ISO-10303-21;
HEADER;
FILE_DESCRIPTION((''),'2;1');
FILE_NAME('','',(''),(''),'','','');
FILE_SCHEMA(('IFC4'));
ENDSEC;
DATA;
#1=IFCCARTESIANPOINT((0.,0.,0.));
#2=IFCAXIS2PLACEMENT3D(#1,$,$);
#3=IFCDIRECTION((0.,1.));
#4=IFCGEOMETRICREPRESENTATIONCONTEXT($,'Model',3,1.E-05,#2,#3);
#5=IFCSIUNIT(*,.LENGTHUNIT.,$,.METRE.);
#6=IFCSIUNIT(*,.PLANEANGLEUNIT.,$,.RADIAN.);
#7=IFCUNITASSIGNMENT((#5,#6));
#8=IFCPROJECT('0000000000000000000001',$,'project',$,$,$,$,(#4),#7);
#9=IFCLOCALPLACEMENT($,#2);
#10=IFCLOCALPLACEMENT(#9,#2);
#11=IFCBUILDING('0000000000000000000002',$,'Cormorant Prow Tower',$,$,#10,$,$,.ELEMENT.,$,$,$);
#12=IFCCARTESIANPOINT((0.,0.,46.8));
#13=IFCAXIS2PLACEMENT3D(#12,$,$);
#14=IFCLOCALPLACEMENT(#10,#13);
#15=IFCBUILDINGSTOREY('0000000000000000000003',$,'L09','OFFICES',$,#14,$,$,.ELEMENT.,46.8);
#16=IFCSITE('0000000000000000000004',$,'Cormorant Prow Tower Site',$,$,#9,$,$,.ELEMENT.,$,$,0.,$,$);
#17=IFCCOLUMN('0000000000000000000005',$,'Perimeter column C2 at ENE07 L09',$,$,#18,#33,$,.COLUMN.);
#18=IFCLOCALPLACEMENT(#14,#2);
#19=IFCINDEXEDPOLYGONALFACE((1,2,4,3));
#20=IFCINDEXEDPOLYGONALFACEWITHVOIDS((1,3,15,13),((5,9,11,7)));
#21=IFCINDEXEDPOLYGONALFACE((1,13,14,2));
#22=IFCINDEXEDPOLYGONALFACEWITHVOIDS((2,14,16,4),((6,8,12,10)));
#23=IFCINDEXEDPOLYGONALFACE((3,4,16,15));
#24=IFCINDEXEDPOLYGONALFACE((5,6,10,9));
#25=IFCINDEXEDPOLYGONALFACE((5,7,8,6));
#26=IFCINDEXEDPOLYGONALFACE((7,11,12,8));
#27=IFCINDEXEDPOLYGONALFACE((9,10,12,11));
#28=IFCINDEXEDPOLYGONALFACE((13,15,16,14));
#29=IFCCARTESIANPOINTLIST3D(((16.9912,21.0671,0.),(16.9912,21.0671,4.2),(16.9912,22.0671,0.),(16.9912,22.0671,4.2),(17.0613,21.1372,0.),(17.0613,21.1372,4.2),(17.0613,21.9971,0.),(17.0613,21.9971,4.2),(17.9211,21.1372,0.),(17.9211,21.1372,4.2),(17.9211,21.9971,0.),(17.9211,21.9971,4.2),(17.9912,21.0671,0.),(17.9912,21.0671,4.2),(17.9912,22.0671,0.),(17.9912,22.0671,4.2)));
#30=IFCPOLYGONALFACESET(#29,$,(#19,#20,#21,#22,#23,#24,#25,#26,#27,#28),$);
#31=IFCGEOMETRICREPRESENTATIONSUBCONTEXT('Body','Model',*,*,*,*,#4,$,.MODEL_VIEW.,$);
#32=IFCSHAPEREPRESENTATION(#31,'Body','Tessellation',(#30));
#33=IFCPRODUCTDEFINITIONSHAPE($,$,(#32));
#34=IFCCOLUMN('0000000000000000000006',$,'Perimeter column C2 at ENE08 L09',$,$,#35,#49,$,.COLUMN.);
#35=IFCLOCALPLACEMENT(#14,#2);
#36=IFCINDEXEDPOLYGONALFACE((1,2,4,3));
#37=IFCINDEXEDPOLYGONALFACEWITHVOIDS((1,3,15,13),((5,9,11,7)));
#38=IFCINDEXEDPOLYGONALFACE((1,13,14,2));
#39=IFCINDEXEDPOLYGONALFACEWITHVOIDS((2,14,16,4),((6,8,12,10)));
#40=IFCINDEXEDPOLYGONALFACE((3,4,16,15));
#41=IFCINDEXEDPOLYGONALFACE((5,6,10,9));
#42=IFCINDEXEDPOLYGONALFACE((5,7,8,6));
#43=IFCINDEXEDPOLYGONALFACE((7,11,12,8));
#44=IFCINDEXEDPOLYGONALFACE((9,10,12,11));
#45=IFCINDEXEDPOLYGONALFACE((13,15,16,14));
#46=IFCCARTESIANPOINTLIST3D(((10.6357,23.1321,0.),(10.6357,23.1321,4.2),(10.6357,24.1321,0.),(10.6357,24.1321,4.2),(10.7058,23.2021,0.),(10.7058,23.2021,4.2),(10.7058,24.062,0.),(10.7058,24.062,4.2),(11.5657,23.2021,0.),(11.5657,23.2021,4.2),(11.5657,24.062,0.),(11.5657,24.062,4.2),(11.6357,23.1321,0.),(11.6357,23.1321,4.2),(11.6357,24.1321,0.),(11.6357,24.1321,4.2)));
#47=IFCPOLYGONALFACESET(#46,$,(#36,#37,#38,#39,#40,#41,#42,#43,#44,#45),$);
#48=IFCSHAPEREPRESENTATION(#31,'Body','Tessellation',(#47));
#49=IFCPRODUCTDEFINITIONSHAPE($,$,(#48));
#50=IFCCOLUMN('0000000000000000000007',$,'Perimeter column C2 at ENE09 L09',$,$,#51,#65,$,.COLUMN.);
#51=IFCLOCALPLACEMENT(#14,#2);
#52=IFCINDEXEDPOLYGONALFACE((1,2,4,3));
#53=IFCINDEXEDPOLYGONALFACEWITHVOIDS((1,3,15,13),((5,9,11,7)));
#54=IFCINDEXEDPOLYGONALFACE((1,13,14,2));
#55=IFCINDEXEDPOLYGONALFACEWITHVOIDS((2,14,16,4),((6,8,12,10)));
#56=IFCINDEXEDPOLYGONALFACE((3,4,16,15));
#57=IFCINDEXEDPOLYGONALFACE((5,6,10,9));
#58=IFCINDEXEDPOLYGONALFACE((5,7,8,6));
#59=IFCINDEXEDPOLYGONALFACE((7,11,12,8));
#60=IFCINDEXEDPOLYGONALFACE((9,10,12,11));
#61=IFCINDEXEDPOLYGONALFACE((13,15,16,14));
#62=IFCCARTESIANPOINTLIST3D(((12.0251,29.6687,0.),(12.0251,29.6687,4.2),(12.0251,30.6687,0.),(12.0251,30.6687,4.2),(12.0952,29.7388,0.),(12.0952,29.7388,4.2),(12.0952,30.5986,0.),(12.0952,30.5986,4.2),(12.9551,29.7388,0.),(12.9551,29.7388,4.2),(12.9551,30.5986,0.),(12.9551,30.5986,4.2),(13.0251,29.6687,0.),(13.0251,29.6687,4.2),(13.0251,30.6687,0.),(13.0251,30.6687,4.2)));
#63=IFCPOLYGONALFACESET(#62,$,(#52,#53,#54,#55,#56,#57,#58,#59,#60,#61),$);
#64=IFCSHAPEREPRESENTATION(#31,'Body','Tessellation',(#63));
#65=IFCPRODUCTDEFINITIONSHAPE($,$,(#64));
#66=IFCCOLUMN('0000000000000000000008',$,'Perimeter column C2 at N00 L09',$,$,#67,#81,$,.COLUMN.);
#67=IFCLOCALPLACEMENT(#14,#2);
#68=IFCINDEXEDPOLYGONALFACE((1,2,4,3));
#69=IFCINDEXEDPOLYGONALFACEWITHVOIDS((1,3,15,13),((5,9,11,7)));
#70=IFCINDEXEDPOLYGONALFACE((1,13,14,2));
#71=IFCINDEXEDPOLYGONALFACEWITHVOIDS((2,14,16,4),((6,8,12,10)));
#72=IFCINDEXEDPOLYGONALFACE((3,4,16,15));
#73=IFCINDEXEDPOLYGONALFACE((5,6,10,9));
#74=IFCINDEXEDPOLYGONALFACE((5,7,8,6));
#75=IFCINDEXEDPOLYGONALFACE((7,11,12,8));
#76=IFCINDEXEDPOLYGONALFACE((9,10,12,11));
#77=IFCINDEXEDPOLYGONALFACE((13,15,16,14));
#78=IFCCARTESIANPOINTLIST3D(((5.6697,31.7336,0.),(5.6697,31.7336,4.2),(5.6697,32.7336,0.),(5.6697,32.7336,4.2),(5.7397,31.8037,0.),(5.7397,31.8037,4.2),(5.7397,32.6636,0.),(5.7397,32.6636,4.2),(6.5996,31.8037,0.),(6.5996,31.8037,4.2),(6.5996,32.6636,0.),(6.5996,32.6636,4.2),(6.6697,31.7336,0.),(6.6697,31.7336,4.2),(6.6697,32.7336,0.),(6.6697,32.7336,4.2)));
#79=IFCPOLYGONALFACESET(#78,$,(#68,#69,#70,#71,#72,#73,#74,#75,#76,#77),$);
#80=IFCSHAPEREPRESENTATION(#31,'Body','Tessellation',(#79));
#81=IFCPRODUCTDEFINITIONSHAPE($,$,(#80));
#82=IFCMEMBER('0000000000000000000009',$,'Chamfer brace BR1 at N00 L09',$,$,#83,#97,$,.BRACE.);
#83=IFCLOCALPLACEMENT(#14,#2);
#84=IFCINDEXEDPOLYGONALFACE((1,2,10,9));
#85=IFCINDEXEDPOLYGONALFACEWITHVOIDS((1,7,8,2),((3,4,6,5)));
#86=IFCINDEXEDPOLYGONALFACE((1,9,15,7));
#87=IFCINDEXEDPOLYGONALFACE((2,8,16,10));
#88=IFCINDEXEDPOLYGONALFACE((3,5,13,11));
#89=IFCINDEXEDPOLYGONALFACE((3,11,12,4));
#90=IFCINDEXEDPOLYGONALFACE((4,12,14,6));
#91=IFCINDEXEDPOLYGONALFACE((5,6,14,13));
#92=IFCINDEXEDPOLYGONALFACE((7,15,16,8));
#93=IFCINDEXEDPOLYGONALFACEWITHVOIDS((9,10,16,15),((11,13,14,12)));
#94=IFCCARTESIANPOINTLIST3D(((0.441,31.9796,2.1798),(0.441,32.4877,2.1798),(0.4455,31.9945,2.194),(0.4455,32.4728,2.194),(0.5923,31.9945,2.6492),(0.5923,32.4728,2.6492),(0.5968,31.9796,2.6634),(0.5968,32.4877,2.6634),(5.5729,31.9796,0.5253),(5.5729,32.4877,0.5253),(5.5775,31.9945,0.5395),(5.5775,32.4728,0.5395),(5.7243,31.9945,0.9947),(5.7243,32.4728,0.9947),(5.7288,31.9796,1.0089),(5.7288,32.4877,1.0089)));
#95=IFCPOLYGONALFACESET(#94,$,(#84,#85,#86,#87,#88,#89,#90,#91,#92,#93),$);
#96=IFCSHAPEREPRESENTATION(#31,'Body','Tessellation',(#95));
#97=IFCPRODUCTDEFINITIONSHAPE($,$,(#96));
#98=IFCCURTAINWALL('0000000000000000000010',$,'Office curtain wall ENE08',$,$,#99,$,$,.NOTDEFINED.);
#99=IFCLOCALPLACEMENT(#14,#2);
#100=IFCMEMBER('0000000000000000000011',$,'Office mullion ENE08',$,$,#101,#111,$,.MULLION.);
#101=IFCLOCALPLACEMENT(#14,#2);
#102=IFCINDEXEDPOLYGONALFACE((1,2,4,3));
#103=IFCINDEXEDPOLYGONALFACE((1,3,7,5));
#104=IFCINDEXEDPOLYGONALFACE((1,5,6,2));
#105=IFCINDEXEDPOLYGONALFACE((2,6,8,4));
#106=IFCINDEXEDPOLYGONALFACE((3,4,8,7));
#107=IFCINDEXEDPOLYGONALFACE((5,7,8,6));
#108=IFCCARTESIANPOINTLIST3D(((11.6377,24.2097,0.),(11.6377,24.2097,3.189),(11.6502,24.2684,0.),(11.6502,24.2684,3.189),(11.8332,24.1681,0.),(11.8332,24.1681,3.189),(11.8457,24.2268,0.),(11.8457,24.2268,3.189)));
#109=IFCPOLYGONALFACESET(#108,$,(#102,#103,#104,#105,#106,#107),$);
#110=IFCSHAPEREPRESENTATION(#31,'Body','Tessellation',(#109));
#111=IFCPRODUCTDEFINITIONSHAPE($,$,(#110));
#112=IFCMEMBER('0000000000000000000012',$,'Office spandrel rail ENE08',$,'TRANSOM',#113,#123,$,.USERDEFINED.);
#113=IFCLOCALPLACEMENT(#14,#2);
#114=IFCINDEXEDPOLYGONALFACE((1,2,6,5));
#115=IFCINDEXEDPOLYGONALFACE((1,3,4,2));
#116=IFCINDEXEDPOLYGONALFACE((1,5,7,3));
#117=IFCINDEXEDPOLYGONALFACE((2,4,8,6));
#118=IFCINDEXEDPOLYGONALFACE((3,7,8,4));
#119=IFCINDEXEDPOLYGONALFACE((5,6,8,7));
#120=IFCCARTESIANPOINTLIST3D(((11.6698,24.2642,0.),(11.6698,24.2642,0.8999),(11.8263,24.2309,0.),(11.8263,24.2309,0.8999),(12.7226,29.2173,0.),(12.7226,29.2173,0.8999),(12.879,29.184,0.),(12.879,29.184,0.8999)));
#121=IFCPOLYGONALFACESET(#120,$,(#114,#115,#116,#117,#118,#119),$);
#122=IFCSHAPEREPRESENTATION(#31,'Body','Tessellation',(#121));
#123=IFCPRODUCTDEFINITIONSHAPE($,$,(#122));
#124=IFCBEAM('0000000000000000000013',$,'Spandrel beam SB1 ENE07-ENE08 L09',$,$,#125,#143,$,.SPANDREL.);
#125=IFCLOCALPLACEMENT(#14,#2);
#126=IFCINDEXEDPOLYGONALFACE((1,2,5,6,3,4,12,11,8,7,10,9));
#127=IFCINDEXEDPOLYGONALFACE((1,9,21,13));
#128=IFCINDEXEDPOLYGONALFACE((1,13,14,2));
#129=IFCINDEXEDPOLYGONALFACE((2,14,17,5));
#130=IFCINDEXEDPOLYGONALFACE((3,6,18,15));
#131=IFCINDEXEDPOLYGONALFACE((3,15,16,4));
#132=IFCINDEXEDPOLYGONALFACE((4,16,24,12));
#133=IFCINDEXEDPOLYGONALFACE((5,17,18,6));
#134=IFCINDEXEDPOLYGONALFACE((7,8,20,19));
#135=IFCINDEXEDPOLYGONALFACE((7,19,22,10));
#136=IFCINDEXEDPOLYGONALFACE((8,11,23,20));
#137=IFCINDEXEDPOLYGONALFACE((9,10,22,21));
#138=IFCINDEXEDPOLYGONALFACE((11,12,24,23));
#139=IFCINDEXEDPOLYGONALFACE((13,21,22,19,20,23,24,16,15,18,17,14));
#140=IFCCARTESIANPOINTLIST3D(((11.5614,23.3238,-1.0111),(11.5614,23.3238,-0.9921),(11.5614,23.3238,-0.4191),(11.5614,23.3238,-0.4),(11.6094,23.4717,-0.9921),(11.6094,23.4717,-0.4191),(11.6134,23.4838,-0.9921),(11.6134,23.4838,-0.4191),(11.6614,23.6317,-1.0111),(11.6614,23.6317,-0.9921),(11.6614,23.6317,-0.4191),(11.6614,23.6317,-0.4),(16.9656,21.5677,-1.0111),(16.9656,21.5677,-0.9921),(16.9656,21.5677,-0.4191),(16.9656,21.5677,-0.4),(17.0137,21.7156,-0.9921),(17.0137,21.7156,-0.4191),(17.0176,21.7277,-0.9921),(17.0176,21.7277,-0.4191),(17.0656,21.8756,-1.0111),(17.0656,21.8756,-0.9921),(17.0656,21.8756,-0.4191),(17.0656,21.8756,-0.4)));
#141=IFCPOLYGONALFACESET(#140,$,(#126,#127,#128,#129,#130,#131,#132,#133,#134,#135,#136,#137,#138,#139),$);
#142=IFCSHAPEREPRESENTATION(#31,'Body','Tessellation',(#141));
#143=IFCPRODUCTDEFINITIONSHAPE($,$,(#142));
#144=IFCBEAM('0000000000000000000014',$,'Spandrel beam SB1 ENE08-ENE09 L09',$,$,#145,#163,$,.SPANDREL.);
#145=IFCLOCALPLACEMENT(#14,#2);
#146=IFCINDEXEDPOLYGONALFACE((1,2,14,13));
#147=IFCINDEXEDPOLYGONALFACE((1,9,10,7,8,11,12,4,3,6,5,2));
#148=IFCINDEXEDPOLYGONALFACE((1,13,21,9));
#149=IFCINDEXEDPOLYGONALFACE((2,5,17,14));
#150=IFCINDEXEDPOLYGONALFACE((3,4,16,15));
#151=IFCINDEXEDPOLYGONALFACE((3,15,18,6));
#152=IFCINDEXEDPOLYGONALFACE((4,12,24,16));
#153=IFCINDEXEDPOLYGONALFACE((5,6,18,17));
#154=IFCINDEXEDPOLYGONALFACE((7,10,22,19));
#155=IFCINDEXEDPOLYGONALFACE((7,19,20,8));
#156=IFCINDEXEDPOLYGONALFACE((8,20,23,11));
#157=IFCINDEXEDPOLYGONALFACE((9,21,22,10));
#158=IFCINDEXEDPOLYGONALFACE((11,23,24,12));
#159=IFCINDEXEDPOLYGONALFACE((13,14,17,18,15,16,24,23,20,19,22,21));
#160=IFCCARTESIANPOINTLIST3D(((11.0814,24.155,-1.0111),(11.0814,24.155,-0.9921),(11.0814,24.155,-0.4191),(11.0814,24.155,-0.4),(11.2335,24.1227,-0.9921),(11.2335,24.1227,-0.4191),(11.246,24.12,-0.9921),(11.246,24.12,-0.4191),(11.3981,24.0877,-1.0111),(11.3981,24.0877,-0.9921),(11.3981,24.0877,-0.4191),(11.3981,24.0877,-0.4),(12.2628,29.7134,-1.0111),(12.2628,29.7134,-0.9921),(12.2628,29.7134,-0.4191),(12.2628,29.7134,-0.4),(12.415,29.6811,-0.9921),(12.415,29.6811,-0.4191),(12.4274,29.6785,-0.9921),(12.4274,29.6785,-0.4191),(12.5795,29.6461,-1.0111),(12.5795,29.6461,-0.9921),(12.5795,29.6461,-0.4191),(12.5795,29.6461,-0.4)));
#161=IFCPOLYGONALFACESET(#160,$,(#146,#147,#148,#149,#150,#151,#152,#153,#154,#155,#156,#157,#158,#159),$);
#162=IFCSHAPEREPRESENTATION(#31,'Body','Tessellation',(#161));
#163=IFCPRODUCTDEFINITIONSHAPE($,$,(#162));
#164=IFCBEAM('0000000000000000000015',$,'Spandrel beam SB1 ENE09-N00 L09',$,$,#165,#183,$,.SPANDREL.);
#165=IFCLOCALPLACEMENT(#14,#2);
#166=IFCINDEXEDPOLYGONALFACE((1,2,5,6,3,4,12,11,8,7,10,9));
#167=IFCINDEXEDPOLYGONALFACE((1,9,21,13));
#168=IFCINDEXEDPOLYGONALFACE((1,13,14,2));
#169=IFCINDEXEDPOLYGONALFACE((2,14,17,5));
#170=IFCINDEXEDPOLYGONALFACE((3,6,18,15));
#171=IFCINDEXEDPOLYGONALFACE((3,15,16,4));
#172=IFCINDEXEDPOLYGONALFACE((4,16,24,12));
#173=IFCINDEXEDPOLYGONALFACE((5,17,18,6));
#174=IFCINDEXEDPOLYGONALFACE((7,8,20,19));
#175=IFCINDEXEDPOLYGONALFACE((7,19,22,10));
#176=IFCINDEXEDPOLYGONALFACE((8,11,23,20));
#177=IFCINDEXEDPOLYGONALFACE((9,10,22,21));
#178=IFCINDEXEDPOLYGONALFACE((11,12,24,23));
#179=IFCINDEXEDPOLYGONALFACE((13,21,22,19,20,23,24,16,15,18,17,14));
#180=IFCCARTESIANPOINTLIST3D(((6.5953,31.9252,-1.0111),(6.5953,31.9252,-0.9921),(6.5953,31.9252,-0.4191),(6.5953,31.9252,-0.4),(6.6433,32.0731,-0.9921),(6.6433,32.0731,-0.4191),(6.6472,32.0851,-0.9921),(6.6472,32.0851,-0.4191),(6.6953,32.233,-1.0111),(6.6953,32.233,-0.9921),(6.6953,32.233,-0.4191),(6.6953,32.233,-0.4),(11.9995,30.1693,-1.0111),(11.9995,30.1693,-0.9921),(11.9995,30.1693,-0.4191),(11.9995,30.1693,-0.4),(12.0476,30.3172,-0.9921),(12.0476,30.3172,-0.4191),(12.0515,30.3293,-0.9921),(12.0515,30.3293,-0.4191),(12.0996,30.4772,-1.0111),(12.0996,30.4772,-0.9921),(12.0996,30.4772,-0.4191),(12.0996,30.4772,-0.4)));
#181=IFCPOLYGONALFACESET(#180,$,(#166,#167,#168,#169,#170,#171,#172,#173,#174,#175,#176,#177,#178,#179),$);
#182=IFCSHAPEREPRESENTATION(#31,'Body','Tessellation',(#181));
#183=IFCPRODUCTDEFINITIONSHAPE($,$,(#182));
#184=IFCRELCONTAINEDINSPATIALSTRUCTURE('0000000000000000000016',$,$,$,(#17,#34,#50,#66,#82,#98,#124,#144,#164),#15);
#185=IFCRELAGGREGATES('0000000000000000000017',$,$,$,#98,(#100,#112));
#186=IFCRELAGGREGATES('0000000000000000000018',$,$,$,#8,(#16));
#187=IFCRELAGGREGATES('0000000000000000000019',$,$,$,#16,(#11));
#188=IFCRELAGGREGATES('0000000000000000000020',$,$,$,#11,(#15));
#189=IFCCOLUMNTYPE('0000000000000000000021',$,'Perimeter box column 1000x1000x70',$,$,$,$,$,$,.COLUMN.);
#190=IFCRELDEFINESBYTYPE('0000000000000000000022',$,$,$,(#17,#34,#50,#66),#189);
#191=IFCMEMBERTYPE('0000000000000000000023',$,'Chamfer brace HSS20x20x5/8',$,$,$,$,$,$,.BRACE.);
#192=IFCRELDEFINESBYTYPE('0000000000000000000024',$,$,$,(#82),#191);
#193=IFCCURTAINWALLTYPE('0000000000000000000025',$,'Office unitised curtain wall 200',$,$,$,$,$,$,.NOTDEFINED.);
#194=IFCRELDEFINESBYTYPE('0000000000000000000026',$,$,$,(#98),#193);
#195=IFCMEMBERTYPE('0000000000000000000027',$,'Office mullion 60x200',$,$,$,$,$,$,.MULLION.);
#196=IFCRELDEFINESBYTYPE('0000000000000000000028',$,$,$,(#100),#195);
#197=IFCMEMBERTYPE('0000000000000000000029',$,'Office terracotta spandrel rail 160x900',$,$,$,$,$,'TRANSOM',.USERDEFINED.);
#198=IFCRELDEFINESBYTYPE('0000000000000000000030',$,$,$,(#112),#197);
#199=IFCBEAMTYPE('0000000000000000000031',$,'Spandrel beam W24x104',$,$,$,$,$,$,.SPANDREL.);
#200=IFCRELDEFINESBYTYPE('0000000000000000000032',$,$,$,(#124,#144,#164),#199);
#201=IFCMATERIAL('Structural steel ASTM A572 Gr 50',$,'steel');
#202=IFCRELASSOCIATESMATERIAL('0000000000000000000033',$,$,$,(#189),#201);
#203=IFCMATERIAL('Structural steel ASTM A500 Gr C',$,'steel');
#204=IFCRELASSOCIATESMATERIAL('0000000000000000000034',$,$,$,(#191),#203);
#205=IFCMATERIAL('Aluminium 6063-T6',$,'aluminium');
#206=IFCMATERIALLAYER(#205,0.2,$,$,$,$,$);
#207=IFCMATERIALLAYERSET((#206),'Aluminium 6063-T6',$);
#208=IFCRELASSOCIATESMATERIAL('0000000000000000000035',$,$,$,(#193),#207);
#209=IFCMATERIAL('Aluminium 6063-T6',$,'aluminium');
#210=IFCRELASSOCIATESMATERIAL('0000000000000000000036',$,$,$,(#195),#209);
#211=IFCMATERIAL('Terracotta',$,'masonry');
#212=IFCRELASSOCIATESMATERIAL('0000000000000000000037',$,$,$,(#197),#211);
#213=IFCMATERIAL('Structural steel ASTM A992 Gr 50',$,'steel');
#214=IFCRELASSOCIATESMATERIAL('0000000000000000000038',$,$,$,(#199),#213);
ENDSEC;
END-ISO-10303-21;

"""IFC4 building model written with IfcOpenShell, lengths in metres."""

from ifc_helpers import new_model, si_unit, direction, frame, origin, origin_2d, place, context, subcontext, project, spatial, rectangle, hollow_rectangle, i_section, extrude, material, layer, layer_set, material_profile, profile_set, type_object, element, aggregate, save


model = new_model("IFC4")

# Units and contexts
model_context = context("Model", 3, precision=1e-05, world=origin(), true_north=direction((0.0, 1.0)))
body_context = subcontext(model_context, "Body", "Model", "MODEL_VIEW")
ifc_project = project(units=[si_unit("LENGTHUNIT", "METRE"), si_unit("PLANEANGLEUNIT", "RADIAN")], contexts=[model_context])

# Site, building, storey
site_placement = place(None, origin())
site = spatial("IfcSite", under=ifc_project, at=site_placement, Name="Cormorant Prow Tower Site", CompositionType="ELEMENT", RefElevation=0.0)
building_placement = place(site_placement, origin())
building = spatial("IfcBuilding", under=site, at=building_placement, Name="Cormorant Prow Tower", CompositionType="ELEMENT")
storey_placement = place(building_placement, frame((0.0, 0.0, 46.8)))
storey = spatial("IfcBuildingStorey", under=building, at=storey_placement, Name="L09", Description="OFFICES", CompositionType="ELEMENT", Elevation=46.8)

# Columns
ifc_material_1 = material(Name="Structural steel ASTM A572 Gr 50", Category="steel")
ifc_material_profile_1 = material_profile(ifc_material_1, hollow_rectangle(XDim=1.0, YDim=1.0, WallThickness=0.0701, at=origin_2d()), Name="Box 1000x1000x70")
ifc_profile_set_1 = profile_set([ifc_material_profile_1], Name="Structural steel ASTM A572 Gr 50")
column_type = type_object("IfcColumnType", Name="Perimeter box column 1000x1000x70", PredefinedType="COLUMN", material=ifc_profile_set_1)
for number, where, z_axis, x_axis, name in (
    (1, (17.4912, 21.5671, 0.0), (0.0, 0.0, 1.0), (1.0, 0.0, 0.0), "Perimeter column C2 at ENE07 L09"),
    (2, (11.1357, 23.6321, 0.0), (0.0, 0.0, 1.0), (1.0, 0.0, 0.0), "Perimeter column C2 at ENE08 L09"),
    (3, (12.5251, 30.1687, 0.0), (0.0, 0.0, 1.0), (1.0, 0.0, 0.0), "Perimeter column C2 at ENE09 L09"),
    (4, (6.1697, 32.2336, 0.0), (0.0, 0.0, 1.0), (1.0, 0.0, 0.0), "Perimeter column C2 at N00 L09"),
):
    element("IfcColumn", number, at=place(storey_placement, frame(where, z_axis=z_axis, x_axis=x_axis)), inside=storey, type_object=column_type, Name=name, PredefinedType="COLUMN", context=body_context, shape_type="SweptSolid", body=[
        extrude(hollow_rectangle(XDim=1.0, YDim=1.0, WallThickness=0.0701, at=origin_2d()), origin(), (0.0, 0.0, 1.0), 4.2),
    ])

# Member
ifc_material_2 = material(Name="Structural steel ASTM A500 Gr C", Category="steel")
ifc_material_profile_2 = material_profile(ifc_material_2, hollow_rectangle(XDim=0.5081, YDim=0.5081, WallThickness=0.0149, at=origin_2d()), Name="HSS20x20x5/8")
ifc_profile_set_2 = profile_set([ifc_material_profile_2], Name="Structural steel ASTM A500 Gr C")
member_type_1 = type_object("IfcMemberType", Name="Chamfer brace HSS20x20x5/8", PredefinedType="BRACE", material=ifc_profile_set_2)
member_1_placement = place(storey_placement, frame((5.6509, 32.2336, 0.7671), z_axis=(-0.951761, 0.0, 0.30684), x_axis=(0.0, -1.0, 0.0)))
element("IfcMember", 5, at=member_1_placement, inside=storey, type_object=member_type_1, Name="Chamfer brace BR1 at N00 L09", PredefinedType="BRACE", context=body_context, shape_type="SweptSolid", body=[
    extrude(hollow_rectangle(XDim=0.5081, YDim=0.5081, WallThickness=0.0149, at=origin_2d()), origin(), (0.0, 0.0, 1.0), 5.3921),
])

# Curtain wall, members
ifc_material_3 = material(Name="Aluminium 6063-T6", Category="aluminium")
ifc_layer_1 = layer(ifc_material_3, 0.2)
ifc_layer_set_1 = layer_set([ifc_layer_1], Name="Aluminium 6063-T6")
curtain_wall_type = type_object("IfcCurtainWallType", Name="Office unitised curtain wall 200", PredefinedType="NOTDEFINED", material=ifc_layer_set_1)
curtain_wall_1_placement = place(storey_placement, origin())
curtain_wall_1 = element("IfcCurtainWall", 6, at=curtain_wall_1_placement, inside=storey, type_object=curtain_wall_type, Name="Office curtain wall ENE08", PredefinedType="NOTDEFINED")
ifc_material_4 = material(Name="Aluminium 6063-T6", Category="aluminium")
ifc_material_profile_3 = material_profile(ifc_material_4, rectangle(XDim=0.2, YDim=0.0601, at=origin_2d()), Name="Office mullion 60x200")
ifc_profile_set_3 = profile_set([ifc_material_profile_3], Name="Aluminium 6063-T6")
member_type_2 = type_object("IfcMemberType", Name="Office mullion 60x200", PredefinedType="MULLION", material=ifc_profile_set_3)
member_2_placement = place(storey_placement, frame((11.7417, 24.2183, 0.0), z_axis=(0.0, 0.0, 1.0), x_axis=(-0.978148, 0.207912, 0.0)))
member_2 = element("IfcMember", 7, at=member_2_placement, type_object=member_type_2, Name="Office mullion ENE08", PredefinedType="MULLION", context=body_context, shape_type="SweptSolid", body=[
    extrude(rectangle(XDim=0.2, YDim=0.0601, at=origin_2d()), origin(), (0.0, 0.0, 1.0), 3.189),
])
ifc_material_5 = material(Name="Terracotta", Category="masonry")
ifc_material_profile_4 = material_profile(ifc_material_5, rectangle(XDim=0.1599, YDim=0.8999, at=origin_2d()), Name="Office terracotta spandrel rail 160x900")
ifc_profile_set_4 = profile_set([ifc_material_profile_4], Name="Terracotta")
member_type_3 = type_object("IfcMemberType", Name="Office terracotta spandrel rail 160x900", ElementType="TRANSOM", PredefinedType="USERDEFINED", material=ifc_profile_set_4)
member_3_placement = place(storey_placement, frame((11.748, 24.2476, 0.45), z_axis=(0.207896, 0.978151, 0.0), x_axis=(-0.978151, 0.207896, 0.0)))
member_3 = element("IfcMember", 8, at=member_3_placement, type_object=member_type_3, Name="Office spandrel rail ENE08", ObjectType="TRANSOM", PredefinedType="USERDEFINED", context=body_context, shape_type="SweptSolid", body=[
    extrude(rectangle(XDim=0.1599, YDim=0.8999, at=origin_2d()), origin(), (0.0, 0.0, 1.0), 5.0637),
])

# Beams
ifc_material_6 = material(Name="Structural steel ASTM A992 Gr 50", Category="steel")
ifc_material_profile_5 = material_profile(ifc_material_6, i_section(OverallWidth=0.3237, OverallDepth=0.6111, WebThickness=0.0127, FlangeThickness=0.019, at=origin_2d()), Name="W24x104")
ifc_profile_set_5 = profile_set([ifc_material_profile_5], Name="Structural steel ASTM A992 Gr 50")
beam_type = type_object("IfcBeamType", Name="Spandrel beam W24x104", PredefinedType="SPANDREL", material=ifc_profile_set_5)
beam_1_placement = place(storey_placement, frame((17.0156, 21.7217, -0.7056), z_axis=(-0.951049, 0.309039, 0.0), x_axis=(-0.309039, -0.951049, 0.0)))
element("IfcBeam", 9, at=beam_1_placement, inside=storey, type_object=beam_type, Name="Spandrel beam SB1 ENE07-ENE08 L09", PredefinedType="SPANDREL", context=body_context, shape_type="SweptSolid", body=[
    extrude(i_section(OverallWidth=0.3237, OverallDepth=0.6111, WebThickness=0.0127, FlangeThickness=0.019, at=origin_2d()), origin(), (0.0, 0.0, 1.0), 5.6824),
])
beam_2_placement = place(storey_placement, frame((11.2397, 24.1213, -0.7056), z_axis=(0.2079, 0.97815, 0.0), x_axis=(-0.97815, 0.2079, 0.0)))
element("IfcBeam", 10, at=beam_2_placement, inside=storey, type_object=beam_type, Name="Spandrel beam SB1 ENE08-ENE09 L09", PredefinedType="SPANDREL", context=body_context, shape_type="SweptSolid", body=[
    extrude(i_section(OverallWidth=0.3237, OverallDepth=0.6111, WebThickness=0.0127, FlangeThickness=0.019, at=origin_2d()), origin(), (0.0, 0.0, 1.0), 5.6826),
])
beam_3_placement = place(storey_placement, frame((12.0496, 30.3232, -0.7056), z_axis=(-0.951062, 0.309001, 0.0), x_axis=(-0.309001, -0.951062, 0.0)))
element("IfcBeam", 11, at=beam_3_placement, inside=storey, type_object=beam_type, Name="Spandrel beam SB1 ENE09-N00 L09", PredefinedType="SPANDREL", context=body_context, shape_type="SweptSolid", body=[
    extrude(i_section(OverallWidth=0.3237, OverallDepth=0.6111, WebThickness=0.0127, FlangeThickness=0.019, at=origin_2d()), origin(), (0.0, 0.0, 1.0), 5.6824),
])

aggregate(curtain_wall_1, [member_2, member_3])

save(model, "model.ifc")
